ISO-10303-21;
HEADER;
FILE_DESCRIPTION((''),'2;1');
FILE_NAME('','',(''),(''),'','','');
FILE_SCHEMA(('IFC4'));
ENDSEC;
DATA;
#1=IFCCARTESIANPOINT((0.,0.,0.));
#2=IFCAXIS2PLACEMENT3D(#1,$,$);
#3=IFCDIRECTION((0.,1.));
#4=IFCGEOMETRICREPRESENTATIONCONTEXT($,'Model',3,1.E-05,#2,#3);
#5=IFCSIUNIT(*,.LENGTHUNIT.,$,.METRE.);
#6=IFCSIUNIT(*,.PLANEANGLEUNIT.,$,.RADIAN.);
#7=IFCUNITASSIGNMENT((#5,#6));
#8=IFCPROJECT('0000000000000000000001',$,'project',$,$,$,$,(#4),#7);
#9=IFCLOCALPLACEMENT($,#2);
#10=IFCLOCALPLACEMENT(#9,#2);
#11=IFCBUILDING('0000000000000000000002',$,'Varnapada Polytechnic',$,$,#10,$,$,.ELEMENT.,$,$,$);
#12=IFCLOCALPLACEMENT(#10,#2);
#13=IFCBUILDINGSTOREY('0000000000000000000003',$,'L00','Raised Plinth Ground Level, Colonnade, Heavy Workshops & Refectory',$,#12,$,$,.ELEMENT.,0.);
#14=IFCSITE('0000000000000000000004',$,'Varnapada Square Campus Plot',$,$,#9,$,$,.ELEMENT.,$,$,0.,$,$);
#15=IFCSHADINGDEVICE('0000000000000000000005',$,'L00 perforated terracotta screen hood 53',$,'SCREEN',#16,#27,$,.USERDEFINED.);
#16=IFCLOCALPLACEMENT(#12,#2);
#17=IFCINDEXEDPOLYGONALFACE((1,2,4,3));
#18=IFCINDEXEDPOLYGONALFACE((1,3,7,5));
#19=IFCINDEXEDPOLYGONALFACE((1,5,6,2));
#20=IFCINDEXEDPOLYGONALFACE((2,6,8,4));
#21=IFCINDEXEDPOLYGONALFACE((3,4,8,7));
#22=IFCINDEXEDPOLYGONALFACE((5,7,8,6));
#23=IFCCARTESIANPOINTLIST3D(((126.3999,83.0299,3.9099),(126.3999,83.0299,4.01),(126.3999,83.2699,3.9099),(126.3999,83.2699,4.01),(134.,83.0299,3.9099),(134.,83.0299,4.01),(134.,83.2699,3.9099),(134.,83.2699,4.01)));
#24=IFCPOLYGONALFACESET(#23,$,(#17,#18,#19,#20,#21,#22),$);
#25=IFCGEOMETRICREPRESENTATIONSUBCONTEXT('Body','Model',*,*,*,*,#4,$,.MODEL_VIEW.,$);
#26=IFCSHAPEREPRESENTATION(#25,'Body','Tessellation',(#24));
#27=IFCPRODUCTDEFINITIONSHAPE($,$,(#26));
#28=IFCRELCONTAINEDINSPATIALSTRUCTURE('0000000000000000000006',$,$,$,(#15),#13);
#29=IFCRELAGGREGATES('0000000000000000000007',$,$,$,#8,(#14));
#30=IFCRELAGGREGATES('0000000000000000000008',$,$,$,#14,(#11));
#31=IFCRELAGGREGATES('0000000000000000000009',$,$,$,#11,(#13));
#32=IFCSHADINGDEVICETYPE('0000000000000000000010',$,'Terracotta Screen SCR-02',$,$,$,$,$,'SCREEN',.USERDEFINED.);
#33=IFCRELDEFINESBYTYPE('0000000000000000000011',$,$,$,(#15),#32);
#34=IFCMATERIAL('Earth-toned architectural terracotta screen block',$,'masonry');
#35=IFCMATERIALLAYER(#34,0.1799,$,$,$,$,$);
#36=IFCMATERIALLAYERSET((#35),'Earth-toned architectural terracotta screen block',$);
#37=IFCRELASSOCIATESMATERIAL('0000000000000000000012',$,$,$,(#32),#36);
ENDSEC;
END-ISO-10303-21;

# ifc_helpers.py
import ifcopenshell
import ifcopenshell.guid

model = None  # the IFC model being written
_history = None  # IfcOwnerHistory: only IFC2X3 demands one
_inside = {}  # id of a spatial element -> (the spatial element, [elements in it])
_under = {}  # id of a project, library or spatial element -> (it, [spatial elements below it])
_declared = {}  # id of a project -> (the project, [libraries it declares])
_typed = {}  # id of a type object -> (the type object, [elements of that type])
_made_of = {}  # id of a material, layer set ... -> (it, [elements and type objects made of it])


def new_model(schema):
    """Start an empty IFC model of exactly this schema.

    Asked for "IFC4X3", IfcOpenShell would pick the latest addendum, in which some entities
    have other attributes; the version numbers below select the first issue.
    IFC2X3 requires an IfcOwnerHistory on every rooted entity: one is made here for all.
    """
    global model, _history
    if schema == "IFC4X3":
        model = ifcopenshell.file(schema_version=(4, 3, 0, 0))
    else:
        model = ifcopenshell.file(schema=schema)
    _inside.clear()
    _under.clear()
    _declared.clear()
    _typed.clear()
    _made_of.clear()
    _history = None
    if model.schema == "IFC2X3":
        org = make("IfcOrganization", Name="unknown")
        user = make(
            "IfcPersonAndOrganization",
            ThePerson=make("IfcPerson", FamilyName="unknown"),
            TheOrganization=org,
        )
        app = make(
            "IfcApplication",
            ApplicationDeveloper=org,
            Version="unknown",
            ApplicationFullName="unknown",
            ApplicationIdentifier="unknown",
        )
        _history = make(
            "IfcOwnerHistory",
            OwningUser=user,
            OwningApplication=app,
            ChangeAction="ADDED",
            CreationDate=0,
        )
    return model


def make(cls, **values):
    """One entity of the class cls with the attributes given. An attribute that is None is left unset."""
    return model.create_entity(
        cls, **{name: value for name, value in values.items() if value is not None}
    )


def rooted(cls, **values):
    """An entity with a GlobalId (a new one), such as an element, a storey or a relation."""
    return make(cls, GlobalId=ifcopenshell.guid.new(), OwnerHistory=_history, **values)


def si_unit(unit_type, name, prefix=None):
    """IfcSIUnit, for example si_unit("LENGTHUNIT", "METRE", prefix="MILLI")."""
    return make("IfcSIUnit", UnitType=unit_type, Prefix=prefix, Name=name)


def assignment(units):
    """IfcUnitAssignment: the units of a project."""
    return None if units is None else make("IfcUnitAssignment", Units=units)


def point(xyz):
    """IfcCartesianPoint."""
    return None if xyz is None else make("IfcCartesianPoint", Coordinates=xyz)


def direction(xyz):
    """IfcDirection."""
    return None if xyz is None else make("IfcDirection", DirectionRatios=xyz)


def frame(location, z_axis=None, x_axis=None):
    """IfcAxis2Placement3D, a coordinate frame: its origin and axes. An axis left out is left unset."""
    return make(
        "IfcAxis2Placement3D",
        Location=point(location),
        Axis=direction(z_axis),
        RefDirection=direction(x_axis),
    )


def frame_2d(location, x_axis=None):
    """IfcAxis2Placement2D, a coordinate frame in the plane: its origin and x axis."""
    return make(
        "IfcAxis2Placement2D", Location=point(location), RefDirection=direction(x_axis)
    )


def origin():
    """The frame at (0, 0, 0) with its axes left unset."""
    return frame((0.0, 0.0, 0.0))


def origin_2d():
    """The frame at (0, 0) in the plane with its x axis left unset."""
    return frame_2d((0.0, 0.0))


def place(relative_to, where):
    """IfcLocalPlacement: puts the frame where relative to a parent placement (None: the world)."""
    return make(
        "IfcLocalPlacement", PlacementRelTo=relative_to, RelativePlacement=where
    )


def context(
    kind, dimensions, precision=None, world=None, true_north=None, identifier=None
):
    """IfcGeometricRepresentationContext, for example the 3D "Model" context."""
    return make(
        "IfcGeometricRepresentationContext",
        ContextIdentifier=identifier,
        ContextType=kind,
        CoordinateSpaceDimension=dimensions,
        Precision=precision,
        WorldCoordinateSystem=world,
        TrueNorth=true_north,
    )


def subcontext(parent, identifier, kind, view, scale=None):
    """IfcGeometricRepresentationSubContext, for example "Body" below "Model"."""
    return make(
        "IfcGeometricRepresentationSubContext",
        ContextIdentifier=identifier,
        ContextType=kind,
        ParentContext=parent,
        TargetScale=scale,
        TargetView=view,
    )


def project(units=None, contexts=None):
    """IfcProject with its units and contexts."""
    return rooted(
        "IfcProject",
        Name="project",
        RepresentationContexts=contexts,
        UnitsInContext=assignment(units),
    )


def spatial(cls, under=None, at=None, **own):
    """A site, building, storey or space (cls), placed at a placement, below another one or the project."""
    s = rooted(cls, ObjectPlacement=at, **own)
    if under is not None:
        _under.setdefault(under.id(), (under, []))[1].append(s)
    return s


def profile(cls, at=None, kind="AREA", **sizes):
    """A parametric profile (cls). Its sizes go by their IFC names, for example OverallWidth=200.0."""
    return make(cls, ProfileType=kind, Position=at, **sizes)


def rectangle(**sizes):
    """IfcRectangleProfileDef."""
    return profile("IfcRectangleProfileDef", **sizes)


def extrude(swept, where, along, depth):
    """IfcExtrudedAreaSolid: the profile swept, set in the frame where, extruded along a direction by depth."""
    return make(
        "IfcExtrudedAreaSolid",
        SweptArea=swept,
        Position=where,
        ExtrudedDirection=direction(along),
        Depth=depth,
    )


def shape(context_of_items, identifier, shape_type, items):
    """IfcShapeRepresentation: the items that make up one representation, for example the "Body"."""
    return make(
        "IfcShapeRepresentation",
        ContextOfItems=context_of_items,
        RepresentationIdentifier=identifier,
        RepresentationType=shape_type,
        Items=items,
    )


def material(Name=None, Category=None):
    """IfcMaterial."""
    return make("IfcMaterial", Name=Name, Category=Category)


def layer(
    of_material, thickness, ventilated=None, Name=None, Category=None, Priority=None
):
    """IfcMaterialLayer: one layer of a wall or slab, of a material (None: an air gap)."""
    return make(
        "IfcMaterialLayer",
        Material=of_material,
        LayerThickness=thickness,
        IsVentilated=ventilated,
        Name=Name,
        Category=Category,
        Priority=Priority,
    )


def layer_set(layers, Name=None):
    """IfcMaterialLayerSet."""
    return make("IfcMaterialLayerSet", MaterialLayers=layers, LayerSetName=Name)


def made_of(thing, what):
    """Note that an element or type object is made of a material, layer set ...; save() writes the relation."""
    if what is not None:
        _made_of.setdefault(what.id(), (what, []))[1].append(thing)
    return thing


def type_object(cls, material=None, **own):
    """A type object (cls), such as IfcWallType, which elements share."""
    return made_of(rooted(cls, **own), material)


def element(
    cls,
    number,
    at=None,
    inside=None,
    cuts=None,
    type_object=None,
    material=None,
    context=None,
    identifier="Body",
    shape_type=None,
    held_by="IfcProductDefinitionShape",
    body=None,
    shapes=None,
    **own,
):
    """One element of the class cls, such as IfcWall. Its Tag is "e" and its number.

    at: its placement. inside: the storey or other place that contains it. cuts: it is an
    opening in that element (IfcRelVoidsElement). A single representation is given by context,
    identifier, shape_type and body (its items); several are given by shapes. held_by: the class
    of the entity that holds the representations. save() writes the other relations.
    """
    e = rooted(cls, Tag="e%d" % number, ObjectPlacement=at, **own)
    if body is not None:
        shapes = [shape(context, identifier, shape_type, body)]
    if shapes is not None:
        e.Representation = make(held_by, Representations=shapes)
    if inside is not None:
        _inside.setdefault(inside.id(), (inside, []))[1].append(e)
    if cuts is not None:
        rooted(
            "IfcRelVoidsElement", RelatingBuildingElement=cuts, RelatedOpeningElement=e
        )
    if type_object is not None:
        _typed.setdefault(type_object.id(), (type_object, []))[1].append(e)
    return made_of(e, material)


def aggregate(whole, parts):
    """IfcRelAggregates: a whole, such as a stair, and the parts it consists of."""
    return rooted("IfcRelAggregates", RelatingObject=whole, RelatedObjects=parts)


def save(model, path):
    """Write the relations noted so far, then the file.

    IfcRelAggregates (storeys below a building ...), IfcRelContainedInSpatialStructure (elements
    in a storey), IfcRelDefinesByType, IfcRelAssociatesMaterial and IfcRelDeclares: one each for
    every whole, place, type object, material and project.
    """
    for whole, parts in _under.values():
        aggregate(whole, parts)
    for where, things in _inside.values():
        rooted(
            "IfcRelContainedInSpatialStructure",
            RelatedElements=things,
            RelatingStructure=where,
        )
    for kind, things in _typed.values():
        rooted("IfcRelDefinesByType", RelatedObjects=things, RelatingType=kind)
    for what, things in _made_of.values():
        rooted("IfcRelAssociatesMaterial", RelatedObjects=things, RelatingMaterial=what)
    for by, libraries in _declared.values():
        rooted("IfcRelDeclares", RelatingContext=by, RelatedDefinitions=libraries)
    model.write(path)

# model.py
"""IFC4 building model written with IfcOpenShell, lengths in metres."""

from ifc_helpers import new_model, si_unit, direction, frame, origin, origin_2d, place, context, subcontext, project, spatial, rectangle, extrude, material, layer, layer_set, type_object, element, save


model = new_model("IFC4")

# Units and contexts
model_context = context("Model", 3, precision=1e-05, world=origin(), true_north=direction((0.0, 1.0)))
body_context = subcontext(model_context, "Body", "Model", "MODEL_VIEW")
ifc_project = project(units=[si_unit("LENGTHUNIT", "METRE"), si_unit("PLANEANGLEUNIT", "RADIAN")], contexts=[model_context])

# Site, building, storey
site_placement = place(None, origin())
site = spatial("IfcSite", under=ifc_project, at=site_placement, Name="Varnapada Square Campus Plot", CompositionType="ELEMENT", RefElevation=0.0)
building_placement = place(site_placement, origin())
building = spatial("IfcBuilding", under=site, at=building_placement, Name="Varnapada Polytechnic", CompositionType="ELEMENT")
storey_placement = place(building_placement, origin())
storey = spatial("IfcBuildingStorey", under=building, at=storey_placement, Name="L00", Description="Raised Plinth Ground Level, Colonnade, Heavy Workshops & Refectory", CompositionType="ELEMENT", Elevation=0.0)

# Shared definitions
ifc_material_1 = material(Name="Earth-toned architectural terracotta screen block", Category="masonry")

# Shading device
ifc_layer_1 = layer(ifc_material_1, 0.1799)
ifc_layer_set_1 = layer_set([ifc_layer_1], Name="Earth-toned architectural terracotta screen block")
shading_device_type = type_object("IfcShadingDeviceType", Name="Terracotta Screen SCR-02", ElementType="SCREEN", PredefinedType="USERDEFINED", material=ifc_layer_set_1)
shading_device_placement = place(storey_placement, frame((130.2, 83.1499, 3.9099), z_axis=(0.0, 0.0, 1.0), x_axis=(-1.0, 0.0, 0.0)))
element("IfcShadingDevice", 1, at=shading_device_placement, inside=storey, type_object=shading_device_type, Name="L00 perforated terracotta screen hood 53", ObjectType="SCREEN", PredefinedType="USERDEFINED", context=body_context, shape_type="SweptSolid", body=[
    extrude(rectangle(XDim=7.6001, YDim=0.24, at=origin_2d()), origin(), (0.0, 0.0, 1.0), 0.1001),
])

save(model, "model.ifc")
